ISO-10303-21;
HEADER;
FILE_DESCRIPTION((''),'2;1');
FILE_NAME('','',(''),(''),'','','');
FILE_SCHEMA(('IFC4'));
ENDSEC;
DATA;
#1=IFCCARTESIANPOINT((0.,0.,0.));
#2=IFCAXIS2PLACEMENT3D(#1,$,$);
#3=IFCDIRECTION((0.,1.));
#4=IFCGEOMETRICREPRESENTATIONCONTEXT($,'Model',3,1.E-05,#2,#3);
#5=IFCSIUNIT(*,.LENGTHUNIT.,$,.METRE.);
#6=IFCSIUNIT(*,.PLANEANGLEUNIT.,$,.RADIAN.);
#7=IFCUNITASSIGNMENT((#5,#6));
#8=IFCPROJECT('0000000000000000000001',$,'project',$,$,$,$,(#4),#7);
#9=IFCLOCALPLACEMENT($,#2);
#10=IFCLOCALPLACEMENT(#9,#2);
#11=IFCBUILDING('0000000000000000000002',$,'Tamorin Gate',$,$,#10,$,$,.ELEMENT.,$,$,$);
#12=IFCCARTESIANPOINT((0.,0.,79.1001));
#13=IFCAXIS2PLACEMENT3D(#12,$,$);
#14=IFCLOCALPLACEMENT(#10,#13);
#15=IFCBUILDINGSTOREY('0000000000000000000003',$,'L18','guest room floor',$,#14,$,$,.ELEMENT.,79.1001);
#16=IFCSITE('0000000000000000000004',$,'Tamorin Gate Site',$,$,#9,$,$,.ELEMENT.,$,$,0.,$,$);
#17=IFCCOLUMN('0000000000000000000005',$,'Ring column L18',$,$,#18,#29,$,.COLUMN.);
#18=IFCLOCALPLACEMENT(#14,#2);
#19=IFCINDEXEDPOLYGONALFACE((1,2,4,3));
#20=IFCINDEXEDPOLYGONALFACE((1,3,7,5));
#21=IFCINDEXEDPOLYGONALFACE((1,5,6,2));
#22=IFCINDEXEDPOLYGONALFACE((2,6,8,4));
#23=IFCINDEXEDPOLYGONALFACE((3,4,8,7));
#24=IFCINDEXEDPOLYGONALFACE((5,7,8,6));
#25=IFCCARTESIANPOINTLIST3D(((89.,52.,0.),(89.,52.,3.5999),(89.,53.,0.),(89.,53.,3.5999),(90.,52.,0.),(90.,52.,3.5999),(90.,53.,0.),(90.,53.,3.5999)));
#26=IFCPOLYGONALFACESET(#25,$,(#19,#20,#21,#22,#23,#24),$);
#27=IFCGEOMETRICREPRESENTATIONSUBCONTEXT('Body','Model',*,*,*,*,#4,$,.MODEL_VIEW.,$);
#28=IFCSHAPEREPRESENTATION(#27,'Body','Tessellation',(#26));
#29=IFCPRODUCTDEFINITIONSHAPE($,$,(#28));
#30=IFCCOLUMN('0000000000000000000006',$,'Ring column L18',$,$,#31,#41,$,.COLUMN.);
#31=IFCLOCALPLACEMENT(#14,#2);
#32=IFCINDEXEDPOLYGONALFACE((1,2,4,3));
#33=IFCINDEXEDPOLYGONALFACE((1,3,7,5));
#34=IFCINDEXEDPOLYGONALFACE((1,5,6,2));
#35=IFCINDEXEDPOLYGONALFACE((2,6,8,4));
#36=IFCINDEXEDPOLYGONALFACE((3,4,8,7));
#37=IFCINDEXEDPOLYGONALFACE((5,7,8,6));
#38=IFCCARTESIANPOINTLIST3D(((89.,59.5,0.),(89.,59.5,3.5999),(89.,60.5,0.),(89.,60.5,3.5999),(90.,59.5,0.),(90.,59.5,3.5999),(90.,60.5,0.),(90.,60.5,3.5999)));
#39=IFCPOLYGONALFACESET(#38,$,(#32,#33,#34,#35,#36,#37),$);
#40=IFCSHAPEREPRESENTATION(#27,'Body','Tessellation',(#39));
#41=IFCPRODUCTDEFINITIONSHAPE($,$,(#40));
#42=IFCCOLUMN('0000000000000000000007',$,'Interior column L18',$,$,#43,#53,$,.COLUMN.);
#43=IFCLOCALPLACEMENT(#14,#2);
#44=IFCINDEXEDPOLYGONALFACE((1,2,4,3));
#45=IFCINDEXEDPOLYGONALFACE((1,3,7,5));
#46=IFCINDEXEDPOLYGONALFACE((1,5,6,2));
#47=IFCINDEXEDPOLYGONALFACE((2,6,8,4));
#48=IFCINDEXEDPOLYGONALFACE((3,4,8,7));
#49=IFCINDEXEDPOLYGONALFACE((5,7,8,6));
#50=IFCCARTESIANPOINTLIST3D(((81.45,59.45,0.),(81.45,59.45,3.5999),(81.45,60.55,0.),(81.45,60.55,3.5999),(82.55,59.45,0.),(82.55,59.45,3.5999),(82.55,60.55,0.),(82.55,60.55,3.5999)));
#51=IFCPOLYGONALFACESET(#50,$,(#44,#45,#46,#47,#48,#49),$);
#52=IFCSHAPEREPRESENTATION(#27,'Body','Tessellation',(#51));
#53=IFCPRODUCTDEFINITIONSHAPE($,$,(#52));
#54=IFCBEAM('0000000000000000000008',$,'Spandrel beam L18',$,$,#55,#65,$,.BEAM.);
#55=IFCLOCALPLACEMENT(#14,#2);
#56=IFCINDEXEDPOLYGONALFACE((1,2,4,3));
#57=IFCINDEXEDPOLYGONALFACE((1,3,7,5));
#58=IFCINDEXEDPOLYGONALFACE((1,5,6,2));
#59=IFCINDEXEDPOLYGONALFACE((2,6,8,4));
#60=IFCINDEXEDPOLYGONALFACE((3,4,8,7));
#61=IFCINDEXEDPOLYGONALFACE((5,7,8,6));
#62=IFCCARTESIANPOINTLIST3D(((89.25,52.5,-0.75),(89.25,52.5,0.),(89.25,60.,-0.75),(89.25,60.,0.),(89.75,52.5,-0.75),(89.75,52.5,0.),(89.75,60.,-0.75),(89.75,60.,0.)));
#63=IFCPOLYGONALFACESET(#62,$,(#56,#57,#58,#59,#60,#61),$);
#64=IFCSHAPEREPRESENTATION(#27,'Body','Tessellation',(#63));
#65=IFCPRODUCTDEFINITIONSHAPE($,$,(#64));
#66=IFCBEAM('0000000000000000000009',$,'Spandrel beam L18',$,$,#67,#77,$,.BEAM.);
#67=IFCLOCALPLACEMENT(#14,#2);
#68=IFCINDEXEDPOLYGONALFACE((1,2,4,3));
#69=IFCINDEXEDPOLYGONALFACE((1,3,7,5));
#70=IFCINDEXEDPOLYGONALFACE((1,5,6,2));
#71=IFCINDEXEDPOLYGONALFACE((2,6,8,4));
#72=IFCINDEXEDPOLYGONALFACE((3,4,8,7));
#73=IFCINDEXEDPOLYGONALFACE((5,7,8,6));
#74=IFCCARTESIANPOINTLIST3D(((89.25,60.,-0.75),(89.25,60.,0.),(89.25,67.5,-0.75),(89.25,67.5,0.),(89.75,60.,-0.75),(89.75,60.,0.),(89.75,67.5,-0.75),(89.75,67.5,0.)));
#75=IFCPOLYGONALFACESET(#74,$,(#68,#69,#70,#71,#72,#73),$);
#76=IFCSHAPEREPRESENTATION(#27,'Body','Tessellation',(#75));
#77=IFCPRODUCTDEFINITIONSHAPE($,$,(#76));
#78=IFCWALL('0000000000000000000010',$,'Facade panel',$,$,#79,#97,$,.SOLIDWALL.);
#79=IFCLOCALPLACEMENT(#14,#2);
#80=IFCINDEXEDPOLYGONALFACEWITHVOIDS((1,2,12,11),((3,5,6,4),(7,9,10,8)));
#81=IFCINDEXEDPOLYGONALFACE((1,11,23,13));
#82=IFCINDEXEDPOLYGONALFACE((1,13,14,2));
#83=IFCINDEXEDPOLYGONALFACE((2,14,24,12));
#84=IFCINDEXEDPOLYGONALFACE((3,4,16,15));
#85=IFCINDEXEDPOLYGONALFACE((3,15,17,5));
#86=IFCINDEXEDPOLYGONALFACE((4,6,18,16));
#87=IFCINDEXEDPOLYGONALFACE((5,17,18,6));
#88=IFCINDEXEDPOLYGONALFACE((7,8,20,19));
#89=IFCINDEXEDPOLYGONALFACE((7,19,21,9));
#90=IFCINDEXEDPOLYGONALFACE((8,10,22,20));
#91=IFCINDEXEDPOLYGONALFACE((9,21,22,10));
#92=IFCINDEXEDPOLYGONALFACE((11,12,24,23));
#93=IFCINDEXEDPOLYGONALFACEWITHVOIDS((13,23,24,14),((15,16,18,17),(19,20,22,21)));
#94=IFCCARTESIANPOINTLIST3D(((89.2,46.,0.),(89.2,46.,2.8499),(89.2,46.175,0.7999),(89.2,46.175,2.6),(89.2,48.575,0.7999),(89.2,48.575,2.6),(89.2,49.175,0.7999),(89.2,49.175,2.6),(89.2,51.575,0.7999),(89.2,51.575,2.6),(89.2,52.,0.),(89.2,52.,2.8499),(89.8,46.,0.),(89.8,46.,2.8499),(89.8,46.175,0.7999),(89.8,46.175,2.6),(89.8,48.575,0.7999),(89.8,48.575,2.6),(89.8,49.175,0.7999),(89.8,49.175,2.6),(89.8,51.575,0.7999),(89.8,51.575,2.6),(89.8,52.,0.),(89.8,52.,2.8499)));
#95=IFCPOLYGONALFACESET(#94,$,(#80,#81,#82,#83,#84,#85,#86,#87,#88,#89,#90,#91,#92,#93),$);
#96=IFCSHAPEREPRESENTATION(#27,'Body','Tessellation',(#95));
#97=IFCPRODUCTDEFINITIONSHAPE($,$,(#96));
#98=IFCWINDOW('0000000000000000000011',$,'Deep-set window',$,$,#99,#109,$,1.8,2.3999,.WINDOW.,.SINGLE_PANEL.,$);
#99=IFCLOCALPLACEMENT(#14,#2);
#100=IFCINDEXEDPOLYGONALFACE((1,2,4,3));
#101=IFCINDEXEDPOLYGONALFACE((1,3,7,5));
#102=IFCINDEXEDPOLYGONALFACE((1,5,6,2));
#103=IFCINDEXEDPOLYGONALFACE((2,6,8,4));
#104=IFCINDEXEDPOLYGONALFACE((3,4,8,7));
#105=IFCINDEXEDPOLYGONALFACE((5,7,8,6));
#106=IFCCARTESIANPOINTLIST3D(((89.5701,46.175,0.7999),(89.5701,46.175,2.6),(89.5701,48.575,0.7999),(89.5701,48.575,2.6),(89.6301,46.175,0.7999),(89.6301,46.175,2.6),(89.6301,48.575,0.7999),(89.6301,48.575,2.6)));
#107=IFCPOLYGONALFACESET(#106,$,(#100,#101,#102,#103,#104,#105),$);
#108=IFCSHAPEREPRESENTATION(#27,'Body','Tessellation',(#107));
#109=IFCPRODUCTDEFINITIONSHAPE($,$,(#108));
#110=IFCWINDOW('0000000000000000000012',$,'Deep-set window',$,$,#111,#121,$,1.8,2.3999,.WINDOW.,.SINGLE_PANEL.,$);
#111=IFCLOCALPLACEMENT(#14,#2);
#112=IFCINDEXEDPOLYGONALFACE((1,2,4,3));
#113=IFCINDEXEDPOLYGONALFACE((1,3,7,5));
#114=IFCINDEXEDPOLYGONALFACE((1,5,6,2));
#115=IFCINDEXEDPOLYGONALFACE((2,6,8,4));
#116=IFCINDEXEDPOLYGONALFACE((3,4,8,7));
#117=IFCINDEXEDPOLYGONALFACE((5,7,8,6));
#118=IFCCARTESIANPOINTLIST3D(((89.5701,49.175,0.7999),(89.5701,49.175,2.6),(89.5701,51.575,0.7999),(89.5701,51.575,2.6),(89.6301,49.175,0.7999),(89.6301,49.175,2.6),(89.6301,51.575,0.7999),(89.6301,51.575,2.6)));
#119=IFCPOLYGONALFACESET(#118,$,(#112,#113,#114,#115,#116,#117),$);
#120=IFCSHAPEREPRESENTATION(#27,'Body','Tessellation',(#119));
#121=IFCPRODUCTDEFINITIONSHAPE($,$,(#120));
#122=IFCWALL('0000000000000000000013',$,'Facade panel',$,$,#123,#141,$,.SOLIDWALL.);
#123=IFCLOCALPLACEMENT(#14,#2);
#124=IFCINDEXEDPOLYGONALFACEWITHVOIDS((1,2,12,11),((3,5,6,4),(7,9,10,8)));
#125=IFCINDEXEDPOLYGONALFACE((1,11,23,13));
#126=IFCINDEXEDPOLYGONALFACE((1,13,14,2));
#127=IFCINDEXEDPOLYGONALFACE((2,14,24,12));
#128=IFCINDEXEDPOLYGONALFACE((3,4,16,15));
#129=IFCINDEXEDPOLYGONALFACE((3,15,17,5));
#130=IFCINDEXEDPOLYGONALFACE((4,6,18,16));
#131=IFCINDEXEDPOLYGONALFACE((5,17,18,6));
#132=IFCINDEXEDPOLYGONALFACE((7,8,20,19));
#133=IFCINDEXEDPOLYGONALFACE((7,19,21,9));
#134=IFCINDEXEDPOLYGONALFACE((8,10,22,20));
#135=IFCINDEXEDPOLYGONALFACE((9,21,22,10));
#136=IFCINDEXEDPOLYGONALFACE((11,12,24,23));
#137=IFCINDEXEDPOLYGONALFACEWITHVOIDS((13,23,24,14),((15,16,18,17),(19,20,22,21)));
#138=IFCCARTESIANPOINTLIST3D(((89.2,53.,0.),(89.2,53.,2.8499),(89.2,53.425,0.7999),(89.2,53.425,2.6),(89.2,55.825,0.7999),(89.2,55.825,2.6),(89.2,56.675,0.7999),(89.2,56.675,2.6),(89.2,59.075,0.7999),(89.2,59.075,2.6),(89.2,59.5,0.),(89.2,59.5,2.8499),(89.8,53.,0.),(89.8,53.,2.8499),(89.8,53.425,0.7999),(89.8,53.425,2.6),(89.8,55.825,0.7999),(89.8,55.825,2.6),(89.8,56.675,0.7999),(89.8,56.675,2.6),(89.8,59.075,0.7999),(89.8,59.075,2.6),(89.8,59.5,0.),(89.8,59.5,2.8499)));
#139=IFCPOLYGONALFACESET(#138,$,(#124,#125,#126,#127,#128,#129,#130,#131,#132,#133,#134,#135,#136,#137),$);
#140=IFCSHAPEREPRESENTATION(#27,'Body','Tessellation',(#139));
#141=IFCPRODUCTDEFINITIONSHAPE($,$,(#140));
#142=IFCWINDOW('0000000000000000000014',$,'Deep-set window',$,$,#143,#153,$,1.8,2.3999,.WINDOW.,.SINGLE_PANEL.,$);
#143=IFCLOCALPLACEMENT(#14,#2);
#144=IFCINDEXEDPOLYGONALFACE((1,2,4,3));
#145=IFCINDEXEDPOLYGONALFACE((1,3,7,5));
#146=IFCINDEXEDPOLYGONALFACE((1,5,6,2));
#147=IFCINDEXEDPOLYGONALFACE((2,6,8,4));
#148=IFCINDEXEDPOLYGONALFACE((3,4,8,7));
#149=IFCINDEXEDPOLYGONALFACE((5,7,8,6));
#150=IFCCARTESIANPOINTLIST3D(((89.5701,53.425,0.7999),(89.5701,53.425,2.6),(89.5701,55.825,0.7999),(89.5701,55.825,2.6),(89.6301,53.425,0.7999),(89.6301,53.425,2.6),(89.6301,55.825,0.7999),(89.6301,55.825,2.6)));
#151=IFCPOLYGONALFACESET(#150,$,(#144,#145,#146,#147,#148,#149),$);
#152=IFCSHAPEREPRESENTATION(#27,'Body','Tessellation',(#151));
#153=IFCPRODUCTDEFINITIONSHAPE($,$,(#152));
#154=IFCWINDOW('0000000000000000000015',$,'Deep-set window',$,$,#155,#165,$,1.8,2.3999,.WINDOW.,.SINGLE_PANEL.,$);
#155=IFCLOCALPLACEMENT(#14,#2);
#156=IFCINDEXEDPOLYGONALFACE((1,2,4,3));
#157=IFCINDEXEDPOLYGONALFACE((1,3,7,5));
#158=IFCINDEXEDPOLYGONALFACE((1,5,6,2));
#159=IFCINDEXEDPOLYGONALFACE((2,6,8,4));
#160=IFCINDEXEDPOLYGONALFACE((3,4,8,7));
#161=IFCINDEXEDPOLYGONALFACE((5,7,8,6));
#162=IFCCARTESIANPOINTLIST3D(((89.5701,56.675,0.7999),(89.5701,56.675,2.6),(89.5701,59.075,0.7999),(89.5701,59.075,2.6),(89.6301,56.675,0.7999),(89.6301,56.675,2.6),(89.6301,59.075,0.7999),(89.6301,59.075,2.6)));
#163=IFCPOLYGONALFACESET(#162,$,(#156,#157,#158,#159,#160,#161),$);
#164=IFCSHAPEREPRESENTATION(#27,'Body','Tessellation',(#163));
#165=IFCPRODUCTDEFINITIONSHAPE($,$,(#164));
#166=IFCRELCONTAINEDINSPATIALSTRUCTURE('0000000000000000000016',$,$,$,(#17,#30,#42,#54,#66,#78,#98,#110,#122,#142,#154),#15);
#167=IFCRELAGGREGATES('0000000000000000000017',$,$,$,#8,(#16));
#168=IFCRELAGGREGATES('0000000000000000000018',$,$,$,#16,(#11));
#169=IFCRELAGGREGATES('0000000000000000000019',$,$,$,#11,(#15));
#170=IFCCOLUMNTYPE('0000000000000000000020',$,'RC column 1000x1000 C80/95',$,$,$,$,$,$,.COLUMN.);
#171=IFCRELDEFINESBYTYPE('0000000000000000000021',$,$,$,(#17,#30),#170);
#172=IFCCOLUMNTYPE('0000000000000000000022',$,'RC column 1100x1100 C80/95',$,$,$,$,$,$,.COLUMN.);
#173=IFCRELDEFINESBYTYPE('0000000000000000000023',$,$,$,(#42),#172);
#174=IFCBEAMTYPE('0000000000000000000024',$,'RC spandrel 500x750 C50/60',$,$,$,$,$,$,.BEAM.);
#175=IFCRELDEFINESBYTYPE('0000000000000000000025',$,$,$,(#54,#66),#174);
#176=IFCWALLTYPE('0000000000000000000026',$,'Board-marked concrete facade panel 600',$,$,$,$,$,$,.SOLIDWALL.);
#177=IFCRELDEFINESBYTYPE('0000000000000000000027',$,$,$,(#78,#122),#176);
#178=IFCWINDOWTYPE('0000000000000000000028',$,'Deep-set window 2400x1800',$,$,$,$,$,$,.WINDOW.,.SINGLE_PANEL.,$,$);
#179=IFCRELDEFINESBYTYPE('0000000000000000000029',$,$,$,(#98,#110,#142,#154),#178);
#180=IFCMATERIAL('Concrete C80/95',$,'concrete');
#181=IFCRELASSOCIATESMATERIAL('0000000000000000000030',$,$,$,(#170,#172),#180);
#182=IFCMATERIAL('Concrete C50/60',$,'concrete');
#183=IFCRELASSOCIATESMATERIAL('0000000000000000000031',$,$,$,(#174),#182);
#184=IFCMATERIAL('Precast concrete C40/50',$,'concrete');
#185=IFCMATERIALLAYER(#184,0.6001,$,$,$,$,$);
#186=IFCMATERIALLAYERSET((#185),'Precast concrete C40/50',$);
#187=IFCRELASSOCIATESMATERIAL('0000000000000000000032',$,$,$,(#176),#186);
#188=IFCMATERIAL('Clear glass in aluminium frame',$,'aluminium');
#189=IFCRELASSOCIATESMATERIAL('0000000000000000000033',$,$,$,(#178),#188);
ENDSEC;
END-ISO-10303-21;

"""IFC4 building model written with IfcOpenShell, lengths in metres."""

from ifc_helpers import new_model, si_unit, direction, frame, frame_2d, origin, origin_2d, place, context, subcontext, project, spatial, rectangle, extrude, material, layer, layer_set, material_profile, profile_set, type_object, element, fill, save


model = new_model("IFC4")

# Units and contexts
model_context = context("Model", 3, precision=1e-05, world=origin(), true_north=direction((0.0, 1.0)))
body_context = subcontext(model_context, "Body", "Model", "MODEL_VIEW")
ifc_project = project(units=[si_unit("LENGTHUNIT", "METRE"), si_unit("PLANEANGLEUNIT", "RADIAN")], contexts=[model_context])

# Site, building, storey
site_placement = place(None, origin())
site = spatial("IfcSite", under=ifc_project, at=site_placement, Name="Tamorin Gate Site", CompositionType="ELEMENT", RefElevation=0.0)
building_placement = place(site_placement, origin())
building = spatial("IfcBuilding", under=site, at=building_placement, Name="Tamorin Gate", CompositionType="ELEMENT")
storey_placement = place(building_placement, frame((0.0, 0.0, 79.1001)))
storey = spatial("IfcBuildingStorey", under=building, at=storey_placement, Name="L18", Description="guest room floor", CompositionType="ELEMENT", Elevation=79.1001)

# Columns
ifc_material_1 = material(Name="Concrete C80/95", Category="concrete")
ifc_material_profile_1 = material_profile(ifc_material_1, rectangle(XDim=1.0, YDim=1.0, at=origin_2d()), Name="RC 1000x1000")
ifc_profile_set_1 = profile_set([ifc_material_profile_1], Name="Concrete C80/95")
column_type_1 = type_object("IfcColumnType", Name="RC column 1000x1000 C80/95", PredefinedType="COLUMN", material=ifc_profile_set_1)
for number, where, z_axis, x_axis, name in (
    (1, (89.5, 52.5, 0.0), (0.0, 0.0, 1.0), (1.0, 0.0, 0.0), "Ring column L18"),
    (2, (89.5, 60.0, 0.0), (0.0, 0.0, 1.0), (1.0, 0.0, 0.0), "Ring column L18"),
):
    element("IfcColumn", number, at=place(storey_placement, frame(where, z_axis=z_axis, x_axis=x_axis)), inside=storey, type_object=column_type_1, Name=name, PredefinedType="COLUMN", context=body_context, shape_type="SweptSolid", body=[
        extrude(rectangle(XDim=1.0, YDim=1.0, at=origin_2d()), origin(), (0.0, 0.0, 1.0), 3.5999),
    ])
ifc_material_profile_2 = material_profile(ifc_material_1, rectangle(XDim=1.1001, YDim=1.1001, at=origin_2d()), Name="RC 1100x1100")
ifc_profile_set_2 = profile_set([ifc_material_profile_2], Name="Concrete C80/95")
column_type_2 = type_object("IfcColumnType", Name="RC column 1100x1100 C80/95", PredefinedType="COLUMN", material=ifc_profile_set_2)
column_placement = place(storey_placement, frame((82.0, 60.0, 0.0), z_axis=(0.0, 0.0, 1.0), x_axis=(1.0, 0.0, 0.0)))
element("IfcColumn", 3, at=column_placement, inside=storey, type_object=column_type_2, Name="Interior column L18", PredefinedType="COLUMN", context=body_context, shape_type="SweptSolid", body=[
    extrude(rectangle(XDim=1.1001, YDim=1.1001, at=origin_2d()), origin(), (0.0, 0.0, 1.0), 3.5999),
])

# Beams
ifc_material_2 = material(Name="Concrete C50/60", Category="concrete")
ifc_material_profile_3 = material_profile(ifc_material_2, rectangle(XDim=0.5, YDim=0.75, at=origin_2d()), Name="RC 500x750")
ifc_profile_set_3 = profile_set([ifc_material_profile_3], Name="Concrete C50/60")
beam_type = type_object("IfcBeamType", Name="RC spandrel 500x750 C50/60", PredefinedType="BEAM", material=ifc_profile_set_3)
for number, where, z_axis, x_axis, name in (
    (4, (89.5, 52.5, -0.375), (0.0, 1.0, 0.0), (-1.0, 0.0, 0.0), "Spandrel beam L18"),
    (5, (89.5, 60.0, -0.375), (0.0, 1.0, 0.0), (-1.0, 0.0, 0.0), "Spandrel beam L18"),
):
    element("IfcBeam", number, at=place(storey_placement, frame(where, z_axis=z_axis, x_axis=x_axis)), inside=storey, type_object=beam_type, Name=name, PredefinedType="BEAM", context=body_context, shape_type="SweptSolid", body=[
        extrude(rectangle(XDim=0.5, YDim=0.75, at=origin_2d()), origin(), (0.0, 0.0, 1.0), 7.5),
    ])

# Walls, openings, windows
ifc_material_3 = material(Name="Precast concrete C40/50", Category="concrete")
ifc_layer_1 = layer(ifc_material_3, 0.6001)
ifc_layer_set_1 = layer_set([ifc_layer_1], Name="Precast concrete C40/50")
wall_type_1 = type_object("IfcWallType", Name="Board-marked concrete facade panel 600", PredefinedType="SOLIDWALL", material=ifc_layer_set_1)
wall_1_placement = place(storey_placement, frame((89.5, 46.0, 0.0), z_axis=(0.0, 0.0, 1.0), x_axis=(0.0, 1.0, 0.0)))
wall_1 = element("IfcWall", 6, at=wall_1_placement, inside=storey, type_object=wall_type_1, Name="Facade panel", PredefinedType="SOLIDWALL", context=body_context, shape_type="SweptSolid", body=[
    extrude(rectangle(XDim=6.0, YDim=0.6001, at=frame_2d((3.0, 0.0))), origin(), (0.0, 0.0, 1.0), 2.8499),
])
opening_1_placement = place(wall_1_placement, frame((0.175, 0.0, 0.8)))
opening_1 = element("IfcOpeningElement", 7, at=opening_1_placement, cuts=wall_1, PredefinedType="OPENING", context=body_context, shape_type="SweptSolid", body=[
    extrude(rectangle(XDim=2.3999, YDim=1.8, at=frame_2d((1.2, 0.8999))), frame((0.0, 0.3101, 0.0), z_axis=(0.0, -1.0, 0.0), x_axis=(1.0, 0.0, 0.0)), (0.0, 0.0, 1.0), 0.6201),
])
opening_2_placement = place(wall_1_placement, frame((3.175, 0.0, 0.8)))
opening_2 = element("IfcOpeningElement", 8, at=opening_2_placement, cuts=wall_1, PredefinedType="OPENING", context=body_context, shape_type="SweptSolid", body=[
    extrude(rectangle(XDim=2.3999, YDim=1.8, at=frame_2d((1.2, 0.8999))), frame((0.0, 0.3101, 0.0), z_axis=(0.0, -1.0, 0.0), x_axis=(1.0, 0.0, 0.0)), (0.0, 0.0, 1.0), 0.6201),
])
ifc_material_4 = material(Name="Clear glass in aluminium frame", Category="aluminium")
window_type = type_object("IfcWindowType", Name="Deep-set window 2400x1800", PartitioningType="SINGLE_PANEL", PredefinedType="WINDOW", material=ifc_material_4)
window_1_placement = place(opening_1_placement, origin())
window_1 = element("IfcWindow", 9, at=window_1_placement, inside=storey, type_object=window_type, Name="Deep-set window", OverallHeight=1.8, OverallWidth=2.3999, PartitioningType="SINGLE_PANEL", PredefinedType="WINDOW", context=body_context, shape_type="SweptSolid", body=[
    extrude(rectangle(XDim=2.3999, YDim=1.8, at=frame_2d((1.2, 0.8999))), frame((0.0, -0.0701, 0.0), z_axis=(0.0, -1.0, 0.0), x_axis=(1.0, 0.0, 0.0)), (0.0, 0.0, 1.0), 0.0601),
])
fill(opening_1, window_1)
window_2_placement = place(opening_2_placement, origin())
window_2 = element("IfcWindow", 10, at=window_2_placement, inside=storey, type_object=window_type, Name="Deep-set window", OverallHeight=1.8, OverallWidth=2.3999, PartitioningType="SINGLE_PANEL", PredefinedType="WINDOW", context=body_context, shape_type="SweptSolid", body=[
    extrude(rectangle(XDim=2.3999, YDim=1.8, at=frame_2d((1.2, 0.8999))), frame((0.0, -0.0701, 0.0), z_axis=(0.0, -1.0, 0.0), x_axis=(1.0, 0.0, 0.0)), (0.0, 0.0, 1.0), 0.0601),
])
fill(opening_2, window_2)
wall_2_placement = place(storey_placement, frame((89.5, 53.0, 0.0), z_axis=(0.0, 0.0, 1.0), x_axis=(0.0, 1.0, 0.0)))
wall_2 = element("IfcWall", 11, at=wall_2_placement, inside=storey, type_object=wall_type_1, Name="Facade panel", PredefinedType="SOLIDWALL", context=body_context, shape_type="SweptSolid", body=[
    extrude(rectangle(XDim=6.5, YDim=0.6001, at=frame_2d((3.25, 0.0))), origin(), (0.0, 0.0, 1.0), 2.8499),
])
opening_3_placement = place(wall_2_placement, frame((0.425, 0.0, 0.8)))
opening_3 = element("IfcOpeningElement", 12, at=opening_3_placement, cuts=wall_2, PredefinedType="OPENING", context=body_context, shape_type="SweptSolid", body=[
    extrude(rectangle(XDim=2.3999, YDim=1.8, at=frame_2d((1.2, 0.8999))), frame((0.0, 0.3101, 0.0), z_axis=(0.0, -1.0, 0.0), x_axis=(1.0, 0.0, 0.0)), (0.0, 0.0, 1.0), 0.6201),
])
opening_4_placement = place(wall_2_placement, frame((3.675, 0.0, 0.8)))
opening_4 = element("IfcOpeningElement", 13, at=opening_4_placement, cuts=wall_2, PredefinedType="OPENING", context=body_context, shape_type="SweptSolid", body=[
    extrude(rectangle(XDim=2.3999, YDim=1.8, at=frame_2d((1.2, 0.8999))), frame((0.0, 0.3101, 0.0), z_axis=(0.0, -1.0, 0.0), x_axis=(1.0, 0.0, 0.0)), (0.0, 0.0, 1.0), 0.6201),
])
window_3_placement = place(opening_3_placement, origin())
window_3 = element("IfcWindow", 14, at=window_3_placement, inside=storey, type_object=window_type, Name="Deep-set window", OverallHeight=1.8, OverallWidth=2.3999, PartitioningType="SINGLE_PANEL", PredefinedType="WINDOW", context=body_context, shape_type="SweptSolid", body=[
    extrude(rectangle(XDim=2.3999, YDim=1.8, at=frame_2d((1.2, 0.8999))), frame((0.0, -0.0701, 0.0), z_axis=(0.0, -1.0, 0.0), x_axis=(1.0, 0.0, 0.0)), (0.0, 0.0, 1.0), 0.0601),
])
fill(opening_3, window_3)
window_4_placement = place(opening_4_placement, origin())
window_4 = element("IfcWindow", 15, at=window_4_placement, inside=storey, type_object=window_type, Name="Deep-set window", OverallHeight=1.8, OverallWidth=2.3999, PartitioningType="SINGLE_PANEL", PredefinedType="WINDOW", context=body_context, shape_type="SweptSolid", body=[
    extrude(rectangle(XDim=2.3999, YDim=1.8, at=frame_2d((1.2, 0.8999))), frame((0.0, -0.0701, 0.0), z_axis=(0.0, -1.0, 0.0), x_axis=(1.0, 0.0, 0.0)), (0.0, 0.0, 1.0), 0.0601),
])
fill(opening_4, window_4)

save(model, "model.ifc")
